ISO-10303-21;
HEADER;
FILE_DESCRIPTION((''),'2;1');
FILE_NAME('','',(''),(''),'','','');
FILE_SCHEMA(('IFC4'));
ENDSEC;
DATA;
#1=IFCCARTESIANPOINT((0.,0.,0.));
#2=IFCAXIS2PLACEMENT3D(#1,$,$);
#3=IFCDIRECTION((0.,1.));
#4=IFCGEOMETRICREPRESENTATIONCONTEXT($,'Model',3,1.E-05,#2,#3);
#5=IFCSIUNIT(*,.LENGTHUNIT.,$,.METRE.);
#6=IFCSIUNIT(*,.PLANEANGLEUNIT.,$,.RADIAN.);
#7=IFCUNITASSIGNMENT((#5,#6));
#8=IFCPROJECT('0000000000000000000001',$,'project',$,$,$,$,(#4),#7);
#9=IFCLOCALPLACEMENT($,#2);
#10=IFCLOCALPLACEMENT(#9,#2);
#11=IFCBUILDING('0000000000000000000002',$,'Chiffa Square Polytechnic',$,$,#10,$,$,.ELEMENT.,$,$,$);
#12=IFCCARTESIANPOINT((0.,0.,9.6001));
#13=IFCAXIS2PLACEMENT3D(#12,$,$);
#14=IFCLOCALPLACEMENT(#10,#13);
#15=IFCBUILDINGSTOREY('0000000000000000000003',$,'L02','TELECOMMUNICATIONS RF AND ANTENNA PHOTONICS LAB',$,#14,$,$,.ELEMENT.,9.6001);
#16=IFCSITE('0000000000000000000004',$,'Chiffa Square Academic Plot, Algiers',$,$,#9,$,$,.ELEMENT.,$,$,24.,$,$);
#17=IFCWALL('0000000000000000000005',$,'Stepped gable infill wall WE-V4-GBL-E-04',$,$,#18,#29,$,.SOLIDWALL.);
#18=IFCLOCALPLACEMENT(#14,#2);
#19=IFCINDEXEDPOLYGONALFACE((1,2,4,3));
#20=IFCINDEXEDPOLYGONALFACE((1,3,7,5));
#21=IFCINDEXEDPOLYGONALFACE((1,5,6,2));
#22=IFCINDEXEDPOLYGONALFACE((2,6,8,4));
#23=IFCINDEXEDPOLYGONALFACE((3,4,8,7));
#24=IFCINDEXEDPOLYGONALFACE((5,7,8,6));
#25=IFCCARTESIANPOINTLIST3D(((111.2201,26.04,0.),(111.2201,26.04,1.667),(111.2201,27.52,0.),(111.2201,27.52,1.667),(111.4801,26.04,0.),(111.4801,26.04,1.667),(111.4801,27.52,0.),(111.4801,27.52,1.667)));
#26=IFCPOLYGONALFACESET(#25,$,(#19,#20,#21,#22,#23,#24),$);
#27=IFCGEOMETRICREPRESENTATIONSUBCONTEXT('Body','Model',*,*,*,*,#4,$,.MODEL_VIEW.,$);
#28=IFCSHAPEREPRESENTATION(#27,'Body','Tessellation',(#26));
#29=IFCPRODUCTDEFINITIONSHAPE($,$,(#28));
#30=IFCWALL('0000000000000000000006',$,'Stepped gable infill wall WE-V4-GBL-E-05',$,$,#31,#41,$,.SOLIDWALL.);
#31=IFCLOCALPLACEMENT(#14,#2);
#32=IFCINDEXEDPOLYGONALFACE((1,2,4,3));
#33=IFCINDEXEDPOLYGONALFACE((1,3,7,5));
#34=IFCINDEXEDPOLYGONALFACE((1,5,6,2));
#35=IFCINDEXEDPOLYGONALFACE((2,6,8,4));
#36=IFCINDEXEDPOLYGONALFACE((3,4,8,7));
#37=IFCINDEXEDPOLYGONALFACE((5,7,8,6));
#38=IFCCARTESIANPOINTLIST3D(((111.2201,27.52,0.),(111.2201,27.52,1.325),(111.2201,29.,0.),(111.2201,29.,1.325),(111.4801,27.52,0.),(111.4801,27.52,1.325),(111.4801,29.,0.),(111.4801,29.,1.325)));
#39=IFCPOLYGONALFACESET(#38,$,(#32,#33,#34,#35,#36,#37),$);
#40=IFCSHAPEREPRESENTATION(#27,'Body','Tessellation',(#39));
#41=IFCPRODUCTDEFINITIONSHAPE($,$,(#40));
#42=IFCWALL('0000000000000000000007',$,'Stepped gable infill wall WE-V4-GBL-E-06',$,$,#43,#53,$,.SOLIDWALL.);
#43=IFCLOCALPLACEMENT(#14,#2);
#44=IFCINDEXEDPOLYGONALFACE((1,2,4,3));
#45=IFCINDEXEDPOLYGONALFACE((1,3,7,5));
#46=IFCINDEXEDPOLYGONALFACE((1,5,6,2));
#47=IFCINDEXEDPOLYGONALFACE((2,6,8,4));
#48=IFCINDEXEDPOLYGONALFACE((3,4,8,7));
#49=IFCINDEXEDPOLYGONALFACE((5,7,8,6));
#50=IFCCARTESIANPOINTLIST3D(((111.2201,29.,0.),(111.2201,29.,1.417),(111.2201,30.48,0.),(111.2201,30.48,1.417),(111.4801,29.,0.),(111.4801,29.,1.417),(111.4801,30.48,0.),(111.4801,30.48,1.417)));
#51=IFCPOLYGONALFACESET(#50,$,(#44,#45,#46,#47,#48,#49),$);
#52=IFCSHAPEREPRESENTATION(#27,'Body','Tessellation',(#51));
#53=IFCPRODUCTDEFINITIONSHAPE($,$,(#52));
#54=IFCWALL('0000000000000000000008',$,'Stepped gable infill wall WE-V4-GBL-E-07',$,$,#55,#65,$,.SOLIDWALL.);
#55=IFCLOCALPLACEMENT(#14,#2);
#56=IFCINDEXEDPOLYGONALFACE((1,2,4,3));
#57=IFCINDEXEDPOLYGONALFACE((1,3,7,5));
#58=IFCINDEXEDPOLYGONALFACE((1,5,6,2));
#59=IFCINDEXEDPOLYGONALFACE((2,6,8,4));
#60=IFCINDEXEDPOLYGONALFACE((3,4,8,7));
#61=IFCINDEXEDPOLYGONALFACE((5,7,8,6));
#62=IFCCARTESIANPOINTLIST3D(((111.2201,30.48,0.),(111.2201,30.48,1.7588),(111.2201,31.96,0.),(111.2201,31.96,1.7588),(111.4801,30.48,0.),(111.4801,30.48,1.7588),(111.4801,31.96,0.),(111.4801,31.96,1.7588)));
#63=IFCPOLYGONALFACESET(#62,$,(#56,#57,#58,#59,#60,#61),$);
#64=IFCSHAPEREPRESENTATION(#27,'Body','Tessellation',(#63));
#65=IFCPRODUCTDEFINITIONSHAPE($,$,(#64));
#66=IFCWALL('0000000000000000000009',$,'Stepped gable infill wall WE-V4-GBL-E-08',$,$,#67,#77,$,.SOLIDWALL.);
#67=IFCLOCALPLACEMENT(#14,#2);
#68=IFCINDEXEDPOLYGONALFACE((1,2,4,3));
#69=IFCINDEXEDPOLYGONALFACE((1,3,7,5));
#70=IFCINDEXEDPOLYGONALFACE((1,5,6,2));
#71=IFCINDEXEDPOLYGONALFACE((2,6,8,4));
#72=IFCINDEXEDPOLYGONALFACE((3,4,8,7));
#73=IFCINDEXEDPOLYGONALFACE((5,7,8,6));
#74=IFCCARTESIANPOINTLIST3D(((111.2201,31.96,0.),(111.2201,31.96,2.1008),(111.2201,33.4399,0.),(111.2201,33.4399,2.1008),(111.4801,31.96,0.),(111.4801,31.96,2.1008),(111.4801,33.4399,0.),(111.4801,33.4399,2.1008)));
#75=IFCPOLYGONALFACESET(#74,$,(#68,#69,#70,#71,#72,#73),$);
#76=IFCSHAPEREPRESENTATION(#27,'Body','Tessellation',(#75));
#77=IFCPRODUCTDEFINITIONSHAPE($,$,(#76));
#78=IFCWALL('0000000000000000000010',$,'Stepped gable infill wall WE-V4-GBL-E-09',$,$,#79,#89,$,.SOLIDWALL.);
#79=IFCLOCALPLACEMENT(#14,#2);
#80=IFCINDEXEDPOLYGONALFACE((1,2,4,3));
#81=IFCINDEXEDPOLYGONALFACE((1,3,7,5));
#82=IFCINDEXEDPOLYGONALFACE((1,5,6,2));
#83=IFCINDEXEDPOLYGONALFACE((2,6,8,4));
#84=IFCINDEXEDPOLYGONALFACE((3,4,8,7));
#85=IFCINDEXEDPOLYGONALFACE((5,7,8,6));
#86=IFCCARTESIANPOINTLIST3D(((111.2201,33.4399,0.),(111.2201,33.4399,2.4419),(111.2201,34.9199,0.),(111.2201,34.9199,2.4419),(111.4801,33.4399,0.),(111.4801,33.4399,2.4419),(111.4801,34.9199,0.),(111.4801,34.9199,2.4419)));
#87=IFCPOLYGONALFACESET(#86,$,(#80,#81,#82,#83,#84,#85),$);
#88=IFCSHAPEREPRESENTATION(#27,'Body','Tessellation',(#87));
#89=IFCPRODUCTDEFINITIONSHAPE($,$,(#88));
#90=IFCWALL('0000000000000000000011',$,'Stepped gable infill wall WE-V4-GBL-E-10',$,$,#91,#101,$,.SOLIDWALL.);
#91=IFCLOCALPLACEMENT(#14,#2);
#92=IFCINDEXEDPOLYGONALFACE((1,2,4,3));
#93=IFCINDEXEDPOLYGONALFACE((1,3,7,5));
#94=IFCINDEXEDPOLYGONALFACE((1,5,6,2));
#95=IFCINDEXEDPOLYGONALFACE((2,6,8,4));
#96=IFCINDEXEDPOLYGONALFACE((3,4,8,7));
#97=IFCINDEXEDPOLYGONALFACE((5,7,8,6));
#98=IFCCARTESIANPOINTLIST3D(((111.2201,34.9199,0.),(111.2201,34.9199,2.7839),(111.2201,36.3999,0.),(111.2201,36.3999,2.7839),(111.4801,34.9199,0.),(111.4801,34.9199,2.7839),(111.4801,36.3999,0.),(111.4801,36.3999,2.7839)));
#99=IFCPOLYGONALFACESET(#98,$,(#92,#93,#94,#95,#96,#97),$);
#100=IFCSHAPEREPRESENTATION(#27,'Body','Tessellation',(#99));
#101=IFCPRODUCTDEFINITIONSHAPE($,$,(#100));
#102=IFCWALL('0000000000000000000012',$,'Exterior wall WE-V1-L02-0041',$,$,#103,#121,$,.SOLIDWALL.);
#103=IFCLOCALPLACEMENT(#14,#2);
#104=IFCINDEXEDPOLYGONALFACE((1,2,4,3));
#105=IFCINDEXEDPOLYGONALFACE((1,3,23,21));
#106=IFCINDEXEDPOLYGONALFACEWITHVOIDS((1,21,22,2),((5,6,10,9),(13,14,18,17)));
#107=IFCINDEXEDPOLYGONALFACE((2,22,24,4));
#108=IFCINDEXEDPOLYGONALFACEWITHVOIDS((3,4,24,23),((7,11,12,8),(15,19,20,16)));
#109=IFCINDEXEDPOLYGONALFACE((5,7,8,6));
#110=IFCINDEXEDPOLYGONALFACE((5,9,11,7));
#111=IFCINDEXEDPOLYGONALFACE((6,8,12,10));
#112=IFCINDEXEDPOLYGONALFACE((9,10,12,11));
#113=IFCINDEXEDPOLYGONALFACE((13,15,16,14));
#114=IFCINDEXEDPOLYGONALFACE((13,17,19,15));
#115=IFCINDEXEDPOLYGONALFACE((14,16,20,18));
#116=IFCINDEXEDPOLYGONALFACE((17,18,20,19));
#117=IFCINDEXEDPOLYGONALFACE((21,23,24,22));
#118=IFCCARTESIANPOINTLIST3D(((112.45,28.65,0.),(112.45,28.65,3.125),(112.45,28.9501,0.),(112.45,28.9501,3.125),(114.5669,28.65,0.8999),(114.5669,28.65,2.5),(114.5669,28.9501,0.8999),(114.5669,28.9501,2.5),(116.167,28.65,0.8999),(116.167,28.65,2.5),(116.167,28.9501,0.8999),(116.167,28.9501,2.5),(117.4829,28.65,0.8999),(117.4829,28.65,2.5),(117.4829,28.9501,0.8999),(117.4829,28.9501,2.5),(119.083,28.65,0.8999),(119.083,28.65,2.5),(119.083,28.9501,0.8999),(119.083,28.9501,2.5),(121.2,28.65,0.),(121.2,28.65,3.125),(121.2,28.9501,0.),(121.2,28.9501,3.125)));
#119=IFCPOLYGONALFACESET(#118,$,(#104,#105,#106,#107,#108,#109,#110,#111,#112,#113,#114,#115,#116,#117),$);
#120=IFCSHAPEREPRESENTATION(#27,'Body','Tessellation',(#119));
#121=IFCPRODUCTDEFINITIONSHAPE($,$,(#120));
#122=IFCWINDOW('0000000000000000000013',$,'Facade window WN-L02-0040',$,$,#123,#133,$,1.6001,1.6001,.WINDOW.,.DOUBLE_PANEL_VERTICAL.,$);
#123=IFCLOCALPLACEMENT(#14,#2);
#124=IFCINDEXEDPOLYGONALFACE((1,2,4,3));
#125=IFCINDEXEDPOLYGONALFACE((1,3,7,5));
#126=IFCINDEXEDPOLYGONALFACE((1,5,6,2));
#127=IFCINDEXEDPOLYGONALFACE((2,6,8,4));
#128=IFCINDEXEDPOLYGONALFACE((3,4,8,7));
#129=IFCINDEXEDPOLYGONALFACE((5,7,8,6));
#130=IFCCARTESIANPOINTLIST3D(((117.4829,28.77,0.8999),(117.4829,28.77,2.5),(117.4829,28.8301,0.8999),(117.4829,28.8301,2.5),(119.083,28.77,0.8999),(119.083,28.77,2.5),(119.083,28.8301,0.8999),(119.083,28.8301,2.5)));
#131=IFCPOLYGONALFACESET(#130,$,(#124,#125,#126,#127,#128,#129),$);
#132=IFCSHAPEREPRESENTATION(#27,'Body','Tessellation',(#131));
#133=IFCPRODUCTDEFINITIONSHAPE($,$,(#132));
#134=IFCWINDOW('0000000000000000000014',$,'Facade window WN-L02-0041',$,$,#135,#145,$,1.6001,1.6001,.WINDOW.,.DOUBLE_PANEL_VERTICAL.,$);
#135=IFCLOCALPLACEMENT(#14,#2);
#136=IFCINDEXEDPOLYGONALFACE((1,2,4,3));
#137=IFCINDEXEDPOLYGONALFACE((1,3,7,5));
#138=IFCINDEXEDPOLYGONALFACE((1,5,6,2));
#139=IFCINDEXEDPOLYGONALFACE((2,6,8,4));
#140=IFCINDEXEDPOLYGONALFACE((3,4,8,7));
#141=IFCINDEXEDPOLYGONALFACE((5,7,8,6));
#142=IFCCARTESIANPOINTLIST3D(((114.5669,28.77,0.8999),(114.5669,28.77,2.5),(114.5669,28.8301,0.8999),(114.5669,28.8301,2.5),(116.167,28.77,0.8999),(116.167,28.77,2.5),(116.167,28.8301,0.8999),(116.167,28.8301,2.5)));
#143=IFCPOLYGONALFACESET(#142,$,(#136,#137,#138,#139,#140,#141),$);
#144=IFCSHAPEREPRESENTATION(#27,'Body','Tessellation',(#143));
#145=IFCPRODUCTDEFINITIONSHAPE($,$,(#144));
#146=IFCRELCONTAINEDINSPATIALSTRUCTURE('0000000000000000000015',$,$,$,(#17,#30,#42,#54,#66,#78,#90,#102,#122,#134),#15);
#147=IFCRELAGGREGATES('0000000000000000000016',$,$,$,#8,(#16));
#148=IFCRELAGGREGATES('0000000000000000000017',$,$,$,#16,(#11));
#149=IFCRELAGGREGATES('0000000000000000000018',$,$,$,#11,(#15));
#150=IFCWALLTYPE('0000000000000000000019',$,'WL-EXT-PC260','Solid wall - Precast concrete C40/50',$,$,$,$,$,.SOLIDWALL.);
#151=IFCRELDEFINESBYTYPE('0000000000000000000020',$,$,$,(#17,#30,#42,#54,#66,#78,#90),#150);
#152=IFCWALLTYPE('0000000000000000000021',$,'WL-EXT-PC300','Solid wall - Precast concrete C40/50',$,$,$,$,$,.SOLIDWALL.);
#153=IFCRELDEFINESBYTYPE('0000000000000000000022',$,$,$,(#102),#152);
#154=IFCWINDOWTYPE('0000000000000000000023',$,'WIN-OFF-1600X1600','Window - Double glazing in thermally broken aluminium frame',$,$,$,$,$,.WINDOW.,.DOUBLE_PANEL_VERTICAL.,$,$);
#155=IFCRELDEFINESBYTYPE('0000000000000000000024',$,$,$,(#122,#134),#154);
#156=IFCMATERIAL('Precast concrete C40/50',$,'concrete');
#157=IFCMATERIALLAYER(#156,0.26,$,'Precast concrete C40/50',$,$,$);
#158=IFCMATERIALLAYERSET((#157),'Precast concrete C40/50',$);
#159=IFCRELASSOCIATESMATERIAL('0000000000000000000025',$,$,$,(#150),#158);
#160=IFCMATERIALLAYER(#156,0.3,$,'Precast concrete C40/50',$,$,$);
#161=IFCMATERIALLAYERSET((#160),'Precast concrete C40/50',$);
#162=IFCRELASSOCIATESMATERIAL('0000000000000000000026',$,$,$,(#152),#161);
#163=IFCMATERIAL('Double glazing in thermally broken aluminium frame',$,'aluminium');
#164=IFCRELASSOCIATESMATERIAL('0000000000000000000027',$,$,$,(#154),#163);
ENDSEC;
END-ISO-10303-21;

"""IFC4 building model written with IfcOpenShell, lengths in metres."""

from ifc_helpers import new_model, si_unit, direction, frame, frame_2d, origin, place, context, subcontext, project, spatial, rectangle, extrude, material, layer, layer_set, type_object, element, fill, save


model = new_model("IFC4")

# Units and contexts
model_context = context("Model", 3, precision=1e-05, world=origin(), true_north=direction((0.0, 1.0)))
body_context = subcontext(model_context, "Body", "Model", "MODEL_VIEW")
ifc_project = project(units=[si_unit("LENGTHUNIT", "METRE"), si_unit("PLANEANGLEUNIT", "RADIAN")], contexts=[model_context])

# Site, building, storey
site_placement = place(None, origin())
site = spatial("IfcSite", under=ifc_project, at=site_placement, Name="Chiffa Square Academic Plot, Algiers", CompositionType="ELEMENT", RefElevation=24.0)
building_placement = place(site_placement, origin())
building = spatial("IfcBuilding", under=site, at=building_placement, Name="Chiffa Square Polytechnic", CompositionType="ELEMENT")
storey_placement = place(building_placement, frame((0.0, 0.0, 9.6001)))
storey = spatial("IfcBuildingStorey", under=building, at=storey_placement, Name="L02", Description="TELECOMMUNICATIONS RF AND ANTENNA PHOTONICS LAB", CompositionType="ELEMENT", Elevation=9.6001)

# Walls
ifc_material_1 = material(Name="Precast concrete C40/50", Category="concrete")
ifc_layer_1 = layer(ifc_material_1, 0.26, Name="Precast concrete C40/50")
ifc_layer_set_1 = layer_set([ifc_layer_1], Name="Precast concrete C40/50")
wall_type_1 = type_object("IfcWallType", Name="WL-EXT-PC260", Description="Solid wall - Precast concrete C40/50", PredefinedType="SOLIDWALL", material=ifc_layer_set_1)
wall_1_placement = place(storey_placement, frame((111.3501, 26.04, 0.0), z_axis=(0.0, 0.0, 1.0), x_axis=(0.0, 1.0, 0.0)))
element("IfcWall", 1, at=wall_1_placement, inside=storey, type_object=wall_type_1, Name="Stepped gable infill wall WE-V4-GBL-E-04", PredefinedType="SOLIDWALL", context=body_context, shape_type="SweptSolid", body=[
    extrude(rectangle(XDim=1.48, YDim=0.26, at=frame_2d((0.74, 0.0))), origin(), (0.0, 0.0, 1.0), 1.667),
])
wall_2_placement = place(storey_placement, frame((111.3501, 27.52, 0.0), z_axis=(0.0, 0.0, 1.0), x_axis=(0.0, 1.0, 0.0)))
element("IfcWall", 2, at=wall_2_placement, inside=storey, type_object=wall_type_1, Name="Stepped gable infill wall WE-V4-GBL-E-05", PredefinedType="SOLIDWALL", context=body_context, shape_type="SweptSolid", body=[
    extrude(rectangle(XDim=1.48, YDim=0.26, at=frame_2d((0.74, 0.0))), origin(), (0.0, 0.0, 1.0), 1.325),
])
wall_3_placement = place(storey_placement, frame((111.3501, 29.0, 0.0), z_axis=(0.0, 0.0, 1.0), x_axis=(0.0, 1.0, 0.0)))
element("IfcWall", 3, at=wall_3_placement, inside=storey, type_object=wall_type_1, Name="Stepped gable infill wall WE-V4-GBL-E-06", PredefinedType="SOLIDWALL", context=body_context, shape_type="SweptSolid", body=[
    extrude(rectangle(XDim=1.48, YDim=0.26, at=frame_2d((0.74, 0.0))), origin(), (0.0, 0.0, 1.0), 1.417),
])
wall_4_placement = place(storey_placement, frame((111.3501, 30.48, 0.0), z_axis=(0.0, 0.0, 1.0), x_axis=(0.0, 1.0, 0.0)))
element("IfcWall", 4, at=wall_4_placement, inside=storey, type_object=wall_type_1, Name="Stepped gable infill wall WE-V4-GBL-E-07", PredefinedType="SOLIDWALL", context=body_context, shape_type="SweptSolid", body=[
    extrude(rectangle(XDim=1.48, YDim=0.26, at=frame_2d((0.74, 0.0))), origin(), (0.0, 0.0, 1.0), 1.7588),
])
wall_5_placement = place(storey_placement, frame((111.3501, 31.96, 0.0), z_axis=(0.0, 0.0, 1.0), x_axis=(0.0, 1.0, 0.0)))
element("IfcWall", 5, at=wall_5_placement, inside=storey, type_object=wall_type_1, Name="Stepped gable infill wall WE-V4-GBL-E-08", PredefinedType="SOLIDWALL", context=body_context, shape_type="SweptSolid", body=[
    extrude(rectangle(XDim=1.48, YDim=0.26, at=frame_2d((0.74, 0.0))), origin(), (0.0, 0.0, 1.0), 2.1008),
])
wall_6_placement = place(storey_placement, frame((111.3501, 33.4399, 0.0), z_axis=(0.0, 0.0, 1.0), x_axis=(0.0, 1.0, 0.0)))
element("IfcWall", 6, at=wall_6_placement, inside=storey, type_object=wall_type_1, Name="Stepped gable infill wall WE-V4-GBL-E-09", PredefinedType="SOLIDWALL", context=body_context, shape_type="SweptSolid", body=[
    extrude(rectangle(XDim=1.48, YDim=0.26, at=frame_2d((0.74, 0.0))), origin(), (0.0, 0.0, 1.0), 2.4419),
])
wall_7_placement = place(storey_placement, frame((111.3501, 34.9199, 0.0), z_axis=(0.0, 0.0, 1.0), x_axis=(0.0, 1.0, 0.0)))
element("IfcWall", 7, at=wall_7_placement, inside=storey, type_object=wall_type_1, Name="Stepped gable infill wall WE-V4-GBL-E-10", PredefinedType="SOLIDWALL", context=body_context, shape_type="SweptSolid", body=[
    extrude(rectangle(XDim=1.48, YDim=0.26, at=frame_2d((0.74, 0.0))), origin(), (0.0, 0.0, 1.0), 2.7839),
])

# Wall, openings, windows
ifc_layer_2 = layer(ifc_material_1, 0.3, Name="Precast concrete C40/50")
ifc_layer_set_2 = layer_set([ifc_layer_2], Name="Precast concrete C40/50")
wall_type_2 = type_object("IfcWallType", Name="WL-EXT-PC300", Description="Solid wall - Precast concrete C40/50", PredefinedType="SOLIDWALL", material=ifc_layer_set_2)
wall_8_placement = place(storey_placement, frame((121.2, 28.8, 0.0), z_axis=(0.0, 0.0, 1.0), x_axis=(-1.0, 0.0, 0.0)))
wall_8 = element("IfcWall", 8, at=wall_8_placement, inside=storey, type_object=wall_type_2, Name="Exterior wall WE-V1-L02-0041", PredefinedType="SOLIDWALL", context=body_context, shape_type="SweptSolid", body=[
    extrude(rectangle(XDim=8.75, YDim=0.3, at=frame_2d((4.375, 0.0))), origin(), (0.0, 0.0, 1.0), 3.125),
])
opening_1_placement = place(wall_8_placement, frame((2.1169, 0.0, 0.8999)))
opening_1 = element("IfcOpeningElement", 9, at=opening_1_placement, cuts=wall_8, PredefinedType="OPENING", context=body_context, shape_type="SweptSolid", body=[
    extrude(rectangle(XDim=1.6001, YDim=1.6001, at=frame_2d((0.8, 0.8))), frame((0.0, 0.1602, 0.0), z_axis=(0.0, -1.0, 0.0), x_axis=(1.0, 0.0, 0.0)), (0.0, 0.0, 1.0), 0.3201),
])
opening_2_placement = place(wall_8_placement, frame((5.033, 0.0, 0.8999)))
opening_2 = element("IfcOpeningElement", 10, at=opening_2_placement, cuts=wall_8, PredefinedType="OPENING", context=body_context, shape_type="SweptSolid", body=[
    extrude(rectangle(XDim=1.6001, YDim=1.6001, at=frame_2d((0.8, 0.8))), frame((0.0, 0.1602, 0.0), z_axis=(0.0, -1.0, 0.0), x_axis=(1.0, 0.0, 0.0)), (0.0, 0.0, 1.0), 0.3201),
])
ifc_material_2 = material(Name="Double glazing in thermally broken aluminium frame", Category="aluminium")
window_type_1 = type_object("IfcWindowType", Name="WIN-OFF-1600X1600", Description="Window - Double glazing in thermally broken aluminium frame", PartitioningType="DOUBLE_PANEL_VERTICAL", PredefinedType="WINDOW", material=ifc_material_2)
window_1_placement = place(opening_1_placement, origin())
window_1 = element("IfcWindow", 11, at=window_1_placement, inside=storey, type_object=window_type_1, Name="Facade window WN-L02-0040", OverallHeight=1.6001, OverallWidth=1.6001, PartitioningType="DOUBLE_PANEL_VERTICAL", PredefinedType="WINDOW", context=body_context, shape_type="SweptSolid", body=[
    extrude(rectangle(XDim=1.6001, YDim=1.6001, at=frame_2d((0.8, 0.8))), frame((0.0, 0.03, 0.0), z_axis=(0.0, -1.0, 0.0), x_axis=(1.0, 0.0, 0.0)), (0.0, 0.0, 1.0), 0.0601),
])
fill(opening_1, window_1)
window_2_placement = place(opening_2_placement, origin())
window_2 = element("IfcWindow", 12, at=window_2_placement, inside=storey, type_object=window_type_1, Name="Facade window WN-L02-0041", OverallHeight=1.6001, OverallWidth=1.6001, PartitioningType="DOUBLE_PANEL_VERTICAL", PredefinedType="WINDOW", context=body_context, shape_type="SweptSolid", body=[
    extrude(rectangle(XDim=1.6001, YDim=1.6001, at=frame_2d((0.8, 0.8))), frame((0.0, 0.03, 0.0), z_axis=(0.0, -1.0, 0.0), x_axis=(1.0, 0.0, 0.0)), (0.0, 0.0, 1.0), 0.0601),
])
fill(opening_2, window_2)

save(model, "model.ifc")
